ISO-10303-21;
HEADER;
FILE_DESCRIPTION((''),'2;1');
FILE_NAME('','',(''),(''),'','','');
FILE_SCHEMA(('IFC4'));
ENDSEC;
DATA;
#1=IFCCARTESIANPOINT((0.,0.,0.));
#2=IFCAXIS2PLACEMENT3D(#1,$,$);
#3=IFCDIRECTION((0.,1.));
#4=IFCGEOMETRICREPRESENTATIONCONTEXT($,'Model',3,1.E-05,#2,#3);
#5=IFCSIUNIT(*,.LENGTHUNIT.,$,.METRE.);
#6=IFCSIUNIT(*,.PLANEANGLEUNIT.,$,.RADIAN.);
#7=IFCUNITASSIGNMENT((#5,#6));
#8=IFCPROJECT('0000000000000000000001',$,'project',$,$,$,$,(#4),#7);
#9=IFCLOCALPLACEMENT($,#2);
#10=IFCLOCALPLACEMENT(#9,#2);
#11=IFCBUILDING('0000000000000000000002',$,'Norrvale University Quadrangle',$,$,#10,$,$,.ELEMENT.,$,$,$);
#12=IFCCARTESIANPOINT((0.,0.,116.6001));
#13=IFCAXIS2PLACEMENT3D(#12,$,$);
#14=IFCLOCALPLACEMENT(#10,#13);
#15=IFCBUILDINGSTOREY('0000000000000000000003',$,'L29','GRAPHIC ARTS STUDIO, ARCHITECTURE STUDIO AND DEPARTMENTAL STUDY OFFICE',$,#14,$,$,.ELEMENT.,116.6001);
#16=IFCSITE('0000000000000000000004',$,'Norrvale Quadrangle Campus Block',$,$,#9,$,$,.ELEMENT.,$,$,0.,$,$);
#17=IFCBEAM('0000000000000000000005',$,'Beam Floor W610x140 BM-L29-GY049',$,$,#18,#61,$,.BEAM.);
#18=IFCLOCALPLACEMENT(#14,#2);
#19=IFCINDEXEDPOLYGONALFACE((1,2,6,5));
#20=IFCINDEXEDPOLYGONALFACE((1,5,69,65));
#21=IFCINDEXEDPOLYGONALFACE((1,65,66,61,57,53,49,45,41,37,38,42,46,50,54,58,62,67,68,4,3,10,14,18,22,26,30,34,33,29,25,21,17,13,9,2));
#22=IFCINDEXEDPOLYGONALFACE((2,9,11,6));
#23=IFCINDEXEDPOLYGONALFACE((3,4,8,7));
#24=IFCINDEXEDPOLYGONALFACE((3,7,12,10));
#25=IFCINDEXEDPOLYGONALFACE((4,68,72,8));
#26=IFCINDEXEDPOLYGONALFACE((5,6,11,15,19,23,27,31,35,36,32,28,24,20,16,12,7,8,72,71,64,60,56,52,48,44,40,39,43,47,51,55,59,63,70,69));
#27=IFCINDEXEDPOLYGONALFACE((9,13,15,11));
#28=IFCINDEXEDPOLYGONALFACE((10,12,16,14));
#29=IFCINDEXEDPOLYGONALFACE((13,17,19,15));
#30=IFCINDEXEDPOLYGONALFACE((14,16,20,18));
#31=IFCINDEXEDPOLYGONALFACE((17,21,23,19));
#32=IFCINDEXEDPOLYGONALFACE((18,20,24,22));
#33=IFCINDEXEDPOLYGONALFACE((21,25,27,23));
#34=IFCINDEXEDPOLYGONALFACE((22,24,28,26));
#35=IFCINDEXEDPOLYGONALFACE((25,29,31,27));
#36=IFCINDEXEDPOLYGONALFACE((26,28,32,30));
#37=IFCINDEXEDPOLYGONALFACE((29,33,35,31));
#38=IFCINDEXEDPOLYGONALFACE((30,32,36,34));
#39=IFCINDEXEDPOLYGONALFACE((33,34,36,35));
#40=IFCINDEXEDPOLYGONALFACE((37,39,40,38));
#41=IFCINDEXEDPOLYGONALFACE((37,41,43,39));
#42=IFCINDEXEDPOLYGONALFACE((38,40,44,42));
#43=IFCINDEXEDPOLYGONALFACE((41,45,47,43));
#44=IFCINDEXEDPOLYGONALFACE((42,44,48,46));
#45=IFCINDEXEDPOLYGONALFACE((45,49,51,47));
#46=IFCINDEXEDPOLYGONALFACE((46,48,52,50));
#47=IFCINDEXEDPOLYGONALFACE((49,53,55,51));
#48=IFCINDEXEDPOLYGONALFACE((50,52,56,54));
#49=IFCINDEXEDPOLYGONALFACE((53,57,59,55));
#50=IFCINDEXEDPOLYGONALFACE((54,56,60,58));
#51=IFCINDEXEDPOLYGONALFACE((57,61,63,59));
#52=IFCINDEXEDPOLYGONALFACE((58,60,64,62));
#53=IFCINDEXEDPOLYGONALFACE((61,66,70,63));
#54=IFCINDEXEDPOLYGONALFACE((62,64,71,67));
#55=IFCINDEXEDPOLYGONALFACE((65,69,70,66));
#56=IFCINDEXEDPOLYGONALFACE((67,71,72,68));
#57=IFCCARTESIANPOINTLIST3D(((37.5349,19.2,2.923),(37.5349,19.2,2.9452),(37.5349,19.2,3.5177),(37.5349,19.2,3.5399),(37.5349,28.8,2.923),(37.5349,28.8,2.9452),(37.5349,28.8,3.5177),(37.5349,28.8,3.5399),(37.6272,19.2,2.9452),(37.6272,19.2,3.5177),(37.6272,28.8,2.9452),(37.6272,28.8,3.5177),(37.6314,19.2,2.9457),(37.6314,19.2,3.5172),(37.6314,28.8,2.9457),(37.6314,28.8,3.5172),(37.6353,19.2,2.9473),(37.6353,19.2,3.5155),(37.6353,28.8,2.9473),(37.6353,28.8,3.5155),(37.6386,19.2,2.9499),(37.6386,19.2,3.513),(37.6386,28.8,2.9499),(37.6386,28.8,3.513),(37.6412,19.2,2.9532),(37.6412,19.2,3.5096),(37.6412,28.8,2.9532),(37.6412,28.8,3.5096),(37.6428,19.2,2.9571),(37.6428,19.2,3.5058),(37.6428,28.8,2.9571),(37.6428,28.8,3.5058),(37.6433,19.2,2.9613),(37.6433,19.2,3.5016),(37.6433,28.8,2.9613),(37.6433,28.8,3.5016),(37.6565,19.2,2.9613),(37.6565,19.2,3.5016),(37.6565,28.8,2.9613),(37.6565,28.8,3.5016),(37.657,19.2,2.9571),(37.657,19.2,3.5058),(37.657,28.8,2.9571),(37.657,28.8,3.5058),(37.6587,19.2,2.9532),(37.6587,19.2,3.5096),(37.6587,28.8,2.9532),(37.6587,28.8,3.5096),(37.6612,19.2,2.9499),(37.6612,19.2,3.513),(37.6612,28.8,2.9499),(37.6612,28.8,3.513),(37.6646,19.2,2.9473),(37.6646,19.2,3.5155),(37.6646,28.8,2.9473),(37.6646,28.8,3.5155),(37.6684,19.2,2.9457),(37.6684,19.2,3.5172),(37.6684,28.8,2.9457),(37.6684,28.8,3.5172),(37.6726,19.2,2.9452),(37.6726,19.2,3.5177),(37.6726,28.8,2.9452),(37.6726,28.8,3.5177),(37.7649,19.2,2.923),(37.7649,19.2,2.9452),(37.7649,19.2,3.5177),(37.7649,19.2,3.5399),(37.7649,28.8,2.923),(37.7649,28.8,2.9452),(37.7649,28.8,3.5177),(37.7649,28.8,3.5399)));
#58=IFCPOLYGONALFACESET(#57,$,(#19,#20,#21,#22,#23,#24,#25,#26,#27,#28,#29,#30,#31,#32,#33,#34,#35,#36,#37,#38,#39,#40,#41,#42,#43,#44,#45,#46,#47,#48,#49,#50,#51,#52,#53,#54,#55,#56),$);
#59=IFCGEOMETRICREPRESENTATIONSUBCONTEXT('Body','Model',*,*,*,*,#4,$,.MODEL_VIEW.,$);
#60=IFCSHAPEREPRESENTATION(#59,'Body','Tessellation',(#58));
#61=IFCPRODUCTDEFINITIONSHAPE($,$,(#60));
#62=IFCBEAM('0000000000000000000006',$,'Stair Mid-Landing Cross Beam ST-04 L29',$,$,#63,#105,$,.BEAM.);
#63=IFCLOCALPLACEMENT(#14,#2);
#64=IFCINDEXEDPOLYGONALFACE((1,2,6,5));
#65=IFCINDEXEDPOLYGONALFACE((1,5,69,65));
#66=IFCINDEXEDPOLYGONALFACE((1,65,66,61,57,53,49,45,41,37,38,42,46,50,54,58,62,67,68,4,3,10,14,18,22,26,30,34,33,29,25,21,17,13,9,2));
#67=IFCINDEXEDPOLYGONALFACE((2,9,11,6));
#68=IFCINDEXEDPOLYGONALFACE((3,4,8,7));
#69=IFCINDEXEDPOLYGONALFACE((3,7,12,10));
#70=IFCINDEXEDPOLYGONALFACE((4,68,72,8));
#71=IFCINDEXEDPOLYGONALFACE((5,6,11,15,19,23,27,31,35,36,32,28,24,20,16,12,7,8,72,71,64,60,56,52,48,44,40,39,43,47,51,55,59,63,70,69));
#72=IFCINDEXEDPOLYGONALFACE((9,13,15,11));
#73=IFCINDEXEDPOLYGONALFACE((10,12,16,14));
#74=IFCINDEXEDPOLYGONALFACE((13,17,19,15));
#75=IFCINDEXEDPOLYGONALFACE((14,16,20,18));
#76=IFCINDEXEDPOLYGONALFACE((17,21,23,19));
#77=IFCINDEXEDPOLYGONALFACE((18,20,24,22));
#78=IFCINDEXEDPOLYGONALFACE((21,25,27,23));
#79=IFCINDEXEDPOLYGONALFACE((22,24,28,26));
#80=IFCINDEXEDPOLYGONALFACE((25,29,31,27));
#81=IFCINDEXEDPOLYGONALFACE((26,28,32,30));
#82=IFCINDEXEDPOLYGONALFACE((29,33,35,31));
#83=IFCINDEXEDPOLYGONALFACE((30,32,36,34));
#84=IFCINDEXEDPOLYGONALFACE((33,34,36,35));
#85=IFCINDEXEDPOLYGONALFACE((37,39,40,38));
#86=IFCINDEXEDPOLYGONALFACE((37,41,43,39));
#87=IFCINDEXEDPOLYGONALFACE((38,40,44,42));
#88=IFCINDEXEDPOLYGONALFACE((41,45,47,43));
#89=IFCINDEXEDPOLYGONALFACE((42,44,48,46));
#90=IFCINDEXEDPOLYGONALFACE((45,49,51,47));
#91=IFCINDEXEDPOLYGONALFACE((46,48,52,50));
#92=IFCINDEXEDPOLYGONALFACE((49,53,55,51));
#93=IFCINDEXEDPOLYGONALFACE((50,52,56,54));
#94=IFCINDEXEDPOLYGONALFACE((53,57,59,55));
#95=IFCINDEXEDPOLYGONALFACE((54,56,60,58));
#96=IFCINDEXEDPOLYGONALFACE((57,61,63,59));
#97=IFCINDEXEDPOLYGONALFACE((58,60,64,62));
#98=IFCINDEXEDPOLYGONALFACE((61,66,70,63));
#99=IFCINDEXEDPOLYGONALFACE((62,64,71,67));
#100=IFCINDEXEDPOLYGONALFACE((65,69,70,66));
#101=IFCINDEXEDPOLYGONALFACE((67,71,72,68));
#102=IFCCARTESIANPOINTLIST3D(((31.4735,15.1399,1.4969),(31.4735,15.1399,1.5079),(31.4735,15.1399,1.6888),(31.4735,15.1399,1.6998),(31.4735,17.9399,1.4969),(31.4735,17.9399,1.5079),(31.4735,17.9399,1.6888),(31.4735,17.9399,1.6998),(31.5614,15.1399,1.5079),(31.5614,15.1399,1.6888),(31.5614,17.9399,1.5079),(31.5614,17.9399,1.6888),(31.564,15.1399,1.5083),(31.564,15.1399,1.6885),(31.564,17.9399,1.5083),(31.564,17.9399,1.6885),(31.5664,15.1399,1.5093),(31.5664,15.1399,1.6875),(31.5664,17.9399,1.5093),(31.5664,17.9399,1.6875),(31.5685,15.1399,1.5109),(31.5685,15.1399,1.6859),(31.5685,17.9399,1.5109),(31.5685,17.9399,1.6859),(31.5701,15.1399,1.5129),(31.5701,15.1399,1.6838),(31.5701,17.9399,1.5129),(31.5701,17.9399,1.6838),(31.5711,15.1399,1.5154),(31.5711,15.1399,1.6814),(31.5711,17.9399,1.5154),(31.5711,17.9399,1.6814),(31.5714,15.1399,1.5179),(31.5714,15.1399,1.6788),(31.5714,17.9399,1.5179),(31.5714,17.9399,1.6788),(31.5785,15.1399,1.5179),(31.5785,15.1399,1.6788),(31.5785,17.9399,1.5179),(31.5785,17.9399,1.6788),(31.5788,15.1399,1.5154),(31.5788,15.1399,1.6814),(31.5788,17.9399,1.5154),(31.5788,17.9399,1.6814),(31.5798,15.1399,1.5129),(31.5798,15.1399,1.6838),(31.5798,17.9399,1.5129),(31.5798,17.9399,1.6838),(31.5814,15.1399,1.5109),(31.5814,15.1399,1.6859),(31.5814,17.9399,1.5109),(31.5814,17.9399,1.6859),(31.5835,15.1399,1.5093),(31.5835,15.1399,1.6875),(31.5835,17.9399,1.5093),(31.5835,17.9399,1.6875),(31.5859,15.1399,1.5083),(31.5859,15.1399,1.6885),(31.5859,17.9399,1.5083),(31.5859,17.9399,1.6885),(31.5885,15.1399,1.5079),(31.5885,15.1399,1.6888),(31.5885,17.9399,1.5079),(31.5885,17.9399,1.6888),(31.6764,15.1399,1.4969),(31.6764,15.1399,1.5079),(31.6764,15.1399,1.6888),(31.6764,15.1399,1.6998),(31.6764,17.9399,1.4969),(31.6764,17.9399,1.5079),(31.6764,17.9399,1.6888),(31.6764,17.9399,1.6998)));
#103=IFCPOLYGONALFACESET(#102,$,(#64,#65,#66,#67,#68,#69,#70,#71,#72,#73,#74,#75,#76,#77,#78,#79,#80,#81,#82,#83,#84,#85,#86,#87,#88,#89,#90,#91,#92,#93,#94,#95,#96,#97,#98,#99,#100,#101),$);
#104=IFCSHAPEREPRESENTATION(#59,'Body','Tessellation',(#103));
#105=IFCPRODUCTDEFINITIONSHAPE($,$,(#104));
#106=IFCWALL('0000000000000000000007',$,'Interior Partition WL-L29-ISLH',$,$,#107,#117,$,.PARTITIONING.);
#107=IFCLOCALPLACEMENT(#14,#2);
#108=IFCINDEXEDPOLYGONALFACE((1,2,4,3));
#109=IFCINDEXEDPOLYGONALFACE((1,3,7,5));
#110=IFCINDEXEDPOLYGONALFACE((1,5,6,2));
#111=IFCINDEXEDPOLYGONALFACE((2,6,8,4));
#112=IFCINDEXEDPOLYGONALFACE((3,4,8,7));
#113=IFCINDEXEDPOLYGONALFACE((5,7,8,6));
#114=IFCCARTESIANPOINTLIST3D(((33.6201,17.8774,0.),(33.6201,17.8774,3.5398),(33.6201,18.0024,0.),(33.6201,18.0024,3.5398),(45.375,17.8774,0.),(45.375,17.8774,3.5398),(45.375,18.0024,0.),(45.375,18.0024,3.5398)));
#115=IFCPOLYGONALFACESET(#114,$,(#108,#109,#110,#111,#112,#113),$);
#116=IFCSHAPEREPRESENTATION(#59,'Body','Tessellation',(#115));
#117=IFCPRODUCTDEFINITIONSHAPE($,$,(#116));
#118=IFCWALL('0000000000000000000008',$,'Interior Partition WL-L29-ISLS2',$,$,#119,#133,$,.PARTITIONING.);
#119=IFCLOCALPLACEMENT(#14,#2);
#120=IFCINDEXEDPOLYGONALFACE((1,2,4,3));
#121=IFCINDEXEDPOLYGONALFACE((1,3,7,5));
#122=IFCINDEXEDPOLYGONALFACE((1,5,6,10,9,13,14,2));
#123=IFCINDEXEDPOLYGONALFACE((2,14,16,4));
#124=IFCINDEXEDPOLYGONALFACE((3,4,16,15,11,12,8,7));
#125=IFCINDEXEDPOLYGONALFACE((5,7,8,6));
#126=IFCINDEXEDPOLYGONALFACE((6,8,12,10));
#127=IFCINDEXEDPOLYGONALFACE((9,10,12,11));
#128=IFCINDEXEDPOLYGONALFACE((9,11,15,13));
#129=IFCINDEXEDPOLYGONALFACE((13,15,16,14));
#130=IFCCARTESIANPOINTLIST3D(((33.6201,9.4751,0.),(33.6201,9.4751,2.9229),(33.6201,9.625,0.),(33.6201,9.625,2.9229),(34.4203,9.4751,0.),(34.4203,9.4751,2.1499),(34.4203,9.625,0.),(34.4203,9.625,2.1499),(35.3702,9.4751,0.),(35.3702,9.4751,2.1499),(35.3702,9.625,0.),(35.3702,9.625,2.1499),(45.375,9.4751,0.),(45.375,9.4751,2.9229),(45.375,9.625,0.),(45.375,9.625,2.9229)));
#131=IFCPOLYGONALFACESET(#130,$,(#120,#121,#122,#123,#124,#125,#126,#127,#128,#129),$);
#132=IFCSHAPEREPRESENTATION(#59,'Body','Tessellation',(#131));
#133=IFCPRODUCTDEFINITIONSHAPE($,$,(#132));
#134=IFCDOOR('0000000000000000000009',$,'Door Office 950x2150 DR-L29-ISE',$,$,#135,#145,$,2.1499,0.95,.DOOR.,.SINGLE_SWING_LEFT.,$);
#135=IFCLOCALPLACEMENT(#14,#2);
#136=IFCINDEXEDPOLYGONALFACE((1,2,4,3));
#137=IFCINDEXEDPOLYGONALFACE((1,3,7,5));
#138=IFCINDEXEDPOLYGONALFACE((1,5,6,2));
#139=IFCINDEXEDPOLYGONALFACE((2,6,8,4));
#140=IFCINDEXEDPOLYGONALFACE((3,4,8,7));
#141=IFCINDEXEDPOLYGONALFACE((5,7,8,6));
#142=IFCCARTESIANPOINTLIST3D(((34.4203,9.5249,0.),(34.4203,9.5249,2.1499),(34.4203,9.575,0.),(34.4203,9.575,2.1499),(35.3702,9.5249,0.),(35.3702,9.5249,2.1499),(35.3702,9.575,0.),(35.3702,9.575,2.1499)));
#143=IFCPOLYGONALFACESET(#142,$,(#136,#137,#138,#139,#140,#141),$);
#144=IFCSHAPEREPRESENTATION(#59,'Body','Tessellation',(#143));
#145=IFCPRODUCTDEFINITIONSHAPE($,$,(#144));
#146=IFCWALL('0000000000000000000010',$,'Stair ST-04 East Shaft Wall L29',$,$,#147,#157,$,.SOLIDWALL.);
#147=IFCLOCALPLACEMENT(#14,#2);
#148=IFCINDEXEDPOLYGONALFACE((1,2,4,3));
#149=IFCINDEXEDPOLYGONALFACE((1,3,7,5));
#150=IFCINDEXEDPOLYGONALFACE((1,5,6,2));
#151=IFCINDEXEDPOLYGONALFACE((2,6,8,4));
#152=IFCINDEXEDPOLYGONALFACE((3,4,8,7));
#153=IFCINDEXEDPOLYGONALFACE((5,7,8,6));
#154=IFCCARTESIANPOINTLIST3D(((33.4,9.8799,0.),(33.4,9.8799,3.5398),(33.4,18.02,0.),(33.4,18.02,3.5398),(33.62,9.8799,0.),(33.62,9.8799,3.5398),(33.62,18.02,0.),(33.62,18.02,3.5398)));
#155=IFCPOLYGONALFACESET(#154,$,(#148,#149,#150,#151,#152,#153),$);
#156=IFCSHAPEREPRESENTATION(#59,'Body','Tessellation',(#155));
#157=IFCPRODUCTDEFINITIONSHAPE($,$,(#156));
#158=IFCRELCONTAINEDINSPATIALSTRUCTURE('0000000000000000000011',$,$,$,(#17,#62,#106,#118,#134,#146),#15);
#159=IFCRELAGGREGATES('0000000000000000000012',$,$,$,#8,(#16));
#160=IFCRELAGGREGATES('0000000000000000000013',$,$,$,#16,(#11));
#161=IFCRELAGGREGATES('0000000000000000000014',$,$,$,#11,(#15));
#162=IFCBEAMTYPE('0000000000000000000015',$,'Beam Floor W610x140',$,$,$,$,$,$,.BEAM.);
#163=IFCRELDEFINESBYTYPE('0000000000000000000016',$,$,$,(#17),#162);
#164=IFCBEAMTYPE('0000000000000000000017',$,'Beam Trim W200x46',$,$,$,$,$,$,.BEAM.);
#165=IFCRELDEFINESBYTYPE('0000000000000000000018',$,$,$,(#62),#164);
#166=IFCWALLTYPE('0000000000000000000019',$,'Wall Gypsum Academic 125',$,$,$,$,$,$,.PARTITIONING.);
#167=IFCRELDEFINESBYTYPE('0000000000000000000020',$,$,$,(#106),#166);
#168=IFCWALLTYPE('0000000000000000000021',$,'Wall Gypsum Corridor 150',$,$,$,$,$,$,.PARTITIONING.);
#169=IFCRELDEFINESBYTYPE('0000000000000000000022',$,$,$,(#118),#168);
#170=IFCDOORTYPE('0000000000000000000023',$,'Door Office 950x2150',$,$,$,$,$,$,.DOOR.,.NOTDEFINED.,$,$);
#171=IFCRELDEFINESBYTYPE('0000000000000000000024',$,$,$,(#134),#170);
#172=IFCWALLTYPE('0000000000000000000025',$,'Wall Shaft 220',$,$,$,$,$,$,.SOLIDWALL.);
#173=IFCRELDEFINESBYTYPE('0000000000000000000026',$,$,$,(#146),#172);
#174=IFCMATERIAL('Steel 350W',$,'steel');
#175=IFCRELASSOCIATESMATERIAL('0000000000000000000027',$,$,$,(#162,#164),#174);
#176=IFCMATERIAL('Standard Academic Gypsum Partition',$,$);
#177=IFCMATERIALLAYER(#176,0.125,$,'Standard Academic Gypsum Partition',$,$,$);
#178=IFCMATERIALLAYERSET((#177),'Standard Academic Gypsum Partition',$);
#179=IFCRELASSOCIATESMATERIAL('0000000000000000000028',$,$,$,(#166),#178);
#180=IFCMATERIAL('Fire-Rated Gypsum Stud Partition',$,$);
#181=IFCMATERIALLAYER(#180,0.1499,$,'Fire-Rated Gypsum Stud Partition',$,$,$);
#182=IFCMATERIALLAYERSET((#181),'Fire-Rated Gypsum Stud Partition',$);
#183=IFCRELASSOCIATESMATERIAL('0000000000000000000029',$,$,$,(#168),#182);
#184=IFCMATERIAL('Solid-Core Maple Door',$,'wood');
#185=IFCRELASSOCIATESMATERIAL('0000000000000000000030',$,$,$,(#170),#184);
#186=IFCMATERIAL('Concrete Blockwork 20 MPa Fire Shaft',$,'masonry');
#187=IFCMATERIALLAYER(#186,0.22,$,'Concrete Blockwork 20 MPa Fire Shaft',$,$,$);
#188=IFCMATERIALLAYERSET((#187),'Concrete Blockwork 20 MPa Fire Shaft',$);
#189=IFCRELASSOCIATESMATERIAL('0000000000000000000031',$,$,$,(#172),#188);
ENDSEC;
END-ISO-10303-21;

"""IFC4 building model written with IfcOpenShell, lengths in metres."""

from ifc_helpers import new_model, si_unit, direction, frame, frame_2d, origin, origin_2d, place, context, subcontext, project, spatial, rectangle, i_section, extrude, material, layer, layer_set, material_profile, profile_set, type_object, element, fill, save


model = new_model("IFC4")

# Units and contexts
model_context = context("Model", 3, precision=1e-05, world=origin(), true_north=direction((0.0, 1.0)))
body_context = subcontext(model_context, "Body", "Model", "MODEL_VIEW")
ifc_project = project(units=[si_unit("LENGTHUNIT", "METRE"), si_unit("PLANEANGLEUNIT", "RADIAN")], contexts=[model_context])

# Site, building, storey
site_placement = place(None, origin())
site = spatial("IfcSite", under=ifc_project, at=site_placement, Name="Norrvale Quadrangle Campus Block", CompositionType="ELEMENT", RefElevation=0.0)
building_placement = place(site_placement, origin())
building = spatial("IfcBuilding", under=site, at=building_placement, Name="Norrvale University Quadrangle", CompositionType="ELEMENT")
storey_placement = place(building_placement, frame((0.0, 0.0, 116.6001)))
storey = spatial("IfcBuildingStorey", under=building, at=storey_placement, Name="L29", Description="GRAPHIC ARTS STUDIO, ARCHITECTURE STUDIO AND DEPARTMENTAL STUDY OFFICE", CompositionType="ELEMENT", Elevation=116.6001)

# Beams
ifc_material_1 = material(Name="Steel 350W", Category="steel")
ifc_material_profile_1 = material_profile(ifc_material_1, i_section(OverallWidth=0.23, OverallDepth=0.6169, WebThickness=0.0132, FlangeThickness=0.0222, FilletRadius=0.0161, at=origin_2d()), Name="Steel 350W")
ifc_profile_set_1 = profile_set([ifc_material_profile_1], Name="Steel 350W")
beam_type_1 = type_object("IfcBeamType", Name="Beam Floor W610x140", PredefinedType="BEAM", material=ifc_profile_set_1)
beam_1_placement = place(storey_placement, frame((37.6499, 19.2, 3.2314), z_axis=(0.0, 1.0, 0.0), x_axis=(-1.0, 0.0, 0.0)))
element("IfcBeam", 1, at=beam_1_placement, inside=storey, type_object=beam_type_1, Name="Beam Floor W610x140 BM-L29-GY049", PredefinedType="BEAM", context=body_context, shape_type="SweptSolid", body=[
    extrude(i_section(OverallWidth=0.23, OverallDepth=0.6169, WebThickness=0.0132, FlangeThickness=0.0222, FilletRadius=0.0161, at=origin_2d()), origin(), (0.0, 0.0, 1.0), 9.6001),
])
ifc_material_profile_2 = material_profile(ifc_material_1, i_section(OverallWidth=0.2029, OverallDepth=0.2029, WebThickness=0.0071, FlangeThickness=0.011, FilletRadius=0.01, at=origin_2d()), Name="Steel 350W")
ifc_profile_set_2 = profile_set([ifc_material_profile_2], Name="Steel 350W")
beam_type_2 = type_object("IfcBeamType", Name="Beam Trim W200x46", PredefinedType="BEAM", material=ifc_profile_set_2)
beam_2_placement = place(storey_placement, frame((31.575, 15.1399, 1.5984), z_axis=(0.0, 1.0, 0.0), x_axis=(-1.0, 0.0, 0.0)))
element("IfcBeam", 2, at=beam_2_placement, inside=storey, type_object=beam_type_2, Name="Stair Mid-Landing Cross Beam ST-04 L29", PredefinedType="BEAM", context=body_context, shape_type="SweptSolid", body=[
    extrude(i_section(OverallWidth=0.2029, OverallDepth=0.2029, WebThickness=0.0071, FlangeThickness=0.011, FilletRadius=0.01, at=origin_2d()), origin(), (0.0, 0.0, 1.0), 2.8),
])

# Wall
ifc_material_2 = material(Name="Standard Academic Gypsum Partition")
ifc_layer_1 = layer(ifc_material_2, 0.125, Name="Standard Academic Gypsum Partition")
ifc_layer_set_1 = layer_set([ifc_layer_1], Name="Standard Academic Gypsum Partition")
wall_type_1 = type_object("IfcWallType", Name="Wall Gypsum Academic 125", PredefinedType="PARTITIONING", material=ifc_layer_set_1)
wall_1_placement = place(storey_placement, frame((33.6201, 17.9399, 0.0), z_axis=(0.0, 0.0, 1.0), x_axis=(1.0, 0.0, 0.0)))
element("IfcWall", 3, at=wall_1_placement, inside=storey, type_object=wall_type_1, Name="Interior Partition WL-L29-ISLH", PredefinedType="PARTITIONING", context=body_context, shape_type="SweptSolid", body=[
    extrude(rectangle(XDim=11.7549, YDim=0.125, at=frame_2d((5.8774, 0.0))), origin(), (0.0, 0.0, 1.0), 3.5398),
])

# Wall, opening, door
ifc_material_3 = material(Name="Fire-Rated Gypsum Stud Partition")
ifc_layer_2 = layer(ifc_material_3, 0.1499, Name="Fire-Rated Gypsum Stud Partition")
ifc_layer_set_2 = layer_set([ifc_layer_2], Name="Fire-Rated Gypsum Stud Partition")
wall_type_2 = type_object("IfcWallType", Name="Wall Gypsum Corridor 150", PredefinedType="PARTITIONING", material=ifc_layer_set_2)
wall_2_placement = place(storey_placement, frame((33.6201, 9.55, 0.0), z_axis=(0.0, 0.0, 1.0), x_axis=(1.0, 0.0, 0.0)))
wall_2 = element("IfcWall", 4, at=wall_2_placement, inside=storey, type_object=wall_type_2, Name="Interior Partition WL-L29-ISLS2", PredefinedType="PARTITIONING", context=body_context, shape_type="SweptSolid", body=[
    extrude(rectangle(XDim=11.7549, YDim=0.1499, at=frame_2d((5.8774, 0.0))), origin(), (0.0, 0.0, 1.0), 2.9229),
])
opening_placement = place(wall_2_placement, frame((0.8, 0.0, 0.0)))
opening = element("IfcOpeningElement", 5, at=opening_placement, cuts=wall_2, PredefinedType="OPENING", context=body_context, shape_type="SweptSolid", body=[
    extrude(rectangle(XDim=0.95, YDim=2.1499, at=frame_2d((0.4751, 1.075))), frame((0.0, 0.0869, 0.0), z_axis=(0.0, -1.0, 0.0), x_axis=(1.0, 0.0, 0.0)), (0.0, 0.0, 1.0), 0.1738),
])
ifc_material_4 = material(Name="Solid-Core Maple Door", Category="wood")
door_type = type_object("IfcDoorType", Name="Door Office 950x2150", OperationType="NOTDEFINED", PredefinedType="DOOR", material=ifc_material_4)
door_placement = place(opening_placement, origin())
door = element("IfcDoor", 6, at=door_placement, inside=storey, type_object=door_type, Name="Door Office 950x2150 DR-L29-ISE", OperationType="SINGLE_SWING_LEFT", OverallHeight=2.1499, OverallWidth=0.95, PredefinedType="DOOR", context=body_context, shape_type="SweptSolid", body=[
    extrude(rectangle(XDim=0.95, YDim=2.1499, at=frame_2d((0.4751, 1.075))), frame((0.0, 0.0249, 0.0), z_axis=(0.0, -1.0, 0.0), x_axis=(1.0, 0.0, 0.0)), (0.0, 0.0, 1.0), 0.05),
])
fill(opening, door)

# Wall
ifc_material_5 = material(Name="Concrete Blockwork 20 MPa Fire Shaft", Category="masonry")
ifc_layer_3 = layer(ifc_material_5, 0.22, Name="Concrete Blockwork 20 MPa Fire Shaft")
ifc_layer_set_3 = layer_set([ifc_layer_3], Name="Concrete Blockwork 20 MPa Fire Shaft")
wall_type_3 = type_object("IfcWallType", Name="Wall Shaft 220", PredefinedType="SOLIDWALL", material=ifc_layer_set_3)
wall_3_placement = place(storey_placement, frame((33.51, 9.8799, 0.0), z_axis=(0.0, 0.0, 1.0), x_axis=(0.0, 1.0, 0.0)))
element("IfcWall", 7, at=wall_3_placement, inside=storey, type_object=wall_type_3, Name="Stair ST-04 East Shaft Wall L29", PredefinedType="SOLIDWALL", context=body_context, shape_type="SweptSolid", body=[
    extrude(rectangle(XDim=8.1401, YDim=0.22, at=frame_2d((4.0701, 0.0))), origin(), (0.0, 0.0, 1.0), 3.5398),
])

save(model, "model.ifc")
